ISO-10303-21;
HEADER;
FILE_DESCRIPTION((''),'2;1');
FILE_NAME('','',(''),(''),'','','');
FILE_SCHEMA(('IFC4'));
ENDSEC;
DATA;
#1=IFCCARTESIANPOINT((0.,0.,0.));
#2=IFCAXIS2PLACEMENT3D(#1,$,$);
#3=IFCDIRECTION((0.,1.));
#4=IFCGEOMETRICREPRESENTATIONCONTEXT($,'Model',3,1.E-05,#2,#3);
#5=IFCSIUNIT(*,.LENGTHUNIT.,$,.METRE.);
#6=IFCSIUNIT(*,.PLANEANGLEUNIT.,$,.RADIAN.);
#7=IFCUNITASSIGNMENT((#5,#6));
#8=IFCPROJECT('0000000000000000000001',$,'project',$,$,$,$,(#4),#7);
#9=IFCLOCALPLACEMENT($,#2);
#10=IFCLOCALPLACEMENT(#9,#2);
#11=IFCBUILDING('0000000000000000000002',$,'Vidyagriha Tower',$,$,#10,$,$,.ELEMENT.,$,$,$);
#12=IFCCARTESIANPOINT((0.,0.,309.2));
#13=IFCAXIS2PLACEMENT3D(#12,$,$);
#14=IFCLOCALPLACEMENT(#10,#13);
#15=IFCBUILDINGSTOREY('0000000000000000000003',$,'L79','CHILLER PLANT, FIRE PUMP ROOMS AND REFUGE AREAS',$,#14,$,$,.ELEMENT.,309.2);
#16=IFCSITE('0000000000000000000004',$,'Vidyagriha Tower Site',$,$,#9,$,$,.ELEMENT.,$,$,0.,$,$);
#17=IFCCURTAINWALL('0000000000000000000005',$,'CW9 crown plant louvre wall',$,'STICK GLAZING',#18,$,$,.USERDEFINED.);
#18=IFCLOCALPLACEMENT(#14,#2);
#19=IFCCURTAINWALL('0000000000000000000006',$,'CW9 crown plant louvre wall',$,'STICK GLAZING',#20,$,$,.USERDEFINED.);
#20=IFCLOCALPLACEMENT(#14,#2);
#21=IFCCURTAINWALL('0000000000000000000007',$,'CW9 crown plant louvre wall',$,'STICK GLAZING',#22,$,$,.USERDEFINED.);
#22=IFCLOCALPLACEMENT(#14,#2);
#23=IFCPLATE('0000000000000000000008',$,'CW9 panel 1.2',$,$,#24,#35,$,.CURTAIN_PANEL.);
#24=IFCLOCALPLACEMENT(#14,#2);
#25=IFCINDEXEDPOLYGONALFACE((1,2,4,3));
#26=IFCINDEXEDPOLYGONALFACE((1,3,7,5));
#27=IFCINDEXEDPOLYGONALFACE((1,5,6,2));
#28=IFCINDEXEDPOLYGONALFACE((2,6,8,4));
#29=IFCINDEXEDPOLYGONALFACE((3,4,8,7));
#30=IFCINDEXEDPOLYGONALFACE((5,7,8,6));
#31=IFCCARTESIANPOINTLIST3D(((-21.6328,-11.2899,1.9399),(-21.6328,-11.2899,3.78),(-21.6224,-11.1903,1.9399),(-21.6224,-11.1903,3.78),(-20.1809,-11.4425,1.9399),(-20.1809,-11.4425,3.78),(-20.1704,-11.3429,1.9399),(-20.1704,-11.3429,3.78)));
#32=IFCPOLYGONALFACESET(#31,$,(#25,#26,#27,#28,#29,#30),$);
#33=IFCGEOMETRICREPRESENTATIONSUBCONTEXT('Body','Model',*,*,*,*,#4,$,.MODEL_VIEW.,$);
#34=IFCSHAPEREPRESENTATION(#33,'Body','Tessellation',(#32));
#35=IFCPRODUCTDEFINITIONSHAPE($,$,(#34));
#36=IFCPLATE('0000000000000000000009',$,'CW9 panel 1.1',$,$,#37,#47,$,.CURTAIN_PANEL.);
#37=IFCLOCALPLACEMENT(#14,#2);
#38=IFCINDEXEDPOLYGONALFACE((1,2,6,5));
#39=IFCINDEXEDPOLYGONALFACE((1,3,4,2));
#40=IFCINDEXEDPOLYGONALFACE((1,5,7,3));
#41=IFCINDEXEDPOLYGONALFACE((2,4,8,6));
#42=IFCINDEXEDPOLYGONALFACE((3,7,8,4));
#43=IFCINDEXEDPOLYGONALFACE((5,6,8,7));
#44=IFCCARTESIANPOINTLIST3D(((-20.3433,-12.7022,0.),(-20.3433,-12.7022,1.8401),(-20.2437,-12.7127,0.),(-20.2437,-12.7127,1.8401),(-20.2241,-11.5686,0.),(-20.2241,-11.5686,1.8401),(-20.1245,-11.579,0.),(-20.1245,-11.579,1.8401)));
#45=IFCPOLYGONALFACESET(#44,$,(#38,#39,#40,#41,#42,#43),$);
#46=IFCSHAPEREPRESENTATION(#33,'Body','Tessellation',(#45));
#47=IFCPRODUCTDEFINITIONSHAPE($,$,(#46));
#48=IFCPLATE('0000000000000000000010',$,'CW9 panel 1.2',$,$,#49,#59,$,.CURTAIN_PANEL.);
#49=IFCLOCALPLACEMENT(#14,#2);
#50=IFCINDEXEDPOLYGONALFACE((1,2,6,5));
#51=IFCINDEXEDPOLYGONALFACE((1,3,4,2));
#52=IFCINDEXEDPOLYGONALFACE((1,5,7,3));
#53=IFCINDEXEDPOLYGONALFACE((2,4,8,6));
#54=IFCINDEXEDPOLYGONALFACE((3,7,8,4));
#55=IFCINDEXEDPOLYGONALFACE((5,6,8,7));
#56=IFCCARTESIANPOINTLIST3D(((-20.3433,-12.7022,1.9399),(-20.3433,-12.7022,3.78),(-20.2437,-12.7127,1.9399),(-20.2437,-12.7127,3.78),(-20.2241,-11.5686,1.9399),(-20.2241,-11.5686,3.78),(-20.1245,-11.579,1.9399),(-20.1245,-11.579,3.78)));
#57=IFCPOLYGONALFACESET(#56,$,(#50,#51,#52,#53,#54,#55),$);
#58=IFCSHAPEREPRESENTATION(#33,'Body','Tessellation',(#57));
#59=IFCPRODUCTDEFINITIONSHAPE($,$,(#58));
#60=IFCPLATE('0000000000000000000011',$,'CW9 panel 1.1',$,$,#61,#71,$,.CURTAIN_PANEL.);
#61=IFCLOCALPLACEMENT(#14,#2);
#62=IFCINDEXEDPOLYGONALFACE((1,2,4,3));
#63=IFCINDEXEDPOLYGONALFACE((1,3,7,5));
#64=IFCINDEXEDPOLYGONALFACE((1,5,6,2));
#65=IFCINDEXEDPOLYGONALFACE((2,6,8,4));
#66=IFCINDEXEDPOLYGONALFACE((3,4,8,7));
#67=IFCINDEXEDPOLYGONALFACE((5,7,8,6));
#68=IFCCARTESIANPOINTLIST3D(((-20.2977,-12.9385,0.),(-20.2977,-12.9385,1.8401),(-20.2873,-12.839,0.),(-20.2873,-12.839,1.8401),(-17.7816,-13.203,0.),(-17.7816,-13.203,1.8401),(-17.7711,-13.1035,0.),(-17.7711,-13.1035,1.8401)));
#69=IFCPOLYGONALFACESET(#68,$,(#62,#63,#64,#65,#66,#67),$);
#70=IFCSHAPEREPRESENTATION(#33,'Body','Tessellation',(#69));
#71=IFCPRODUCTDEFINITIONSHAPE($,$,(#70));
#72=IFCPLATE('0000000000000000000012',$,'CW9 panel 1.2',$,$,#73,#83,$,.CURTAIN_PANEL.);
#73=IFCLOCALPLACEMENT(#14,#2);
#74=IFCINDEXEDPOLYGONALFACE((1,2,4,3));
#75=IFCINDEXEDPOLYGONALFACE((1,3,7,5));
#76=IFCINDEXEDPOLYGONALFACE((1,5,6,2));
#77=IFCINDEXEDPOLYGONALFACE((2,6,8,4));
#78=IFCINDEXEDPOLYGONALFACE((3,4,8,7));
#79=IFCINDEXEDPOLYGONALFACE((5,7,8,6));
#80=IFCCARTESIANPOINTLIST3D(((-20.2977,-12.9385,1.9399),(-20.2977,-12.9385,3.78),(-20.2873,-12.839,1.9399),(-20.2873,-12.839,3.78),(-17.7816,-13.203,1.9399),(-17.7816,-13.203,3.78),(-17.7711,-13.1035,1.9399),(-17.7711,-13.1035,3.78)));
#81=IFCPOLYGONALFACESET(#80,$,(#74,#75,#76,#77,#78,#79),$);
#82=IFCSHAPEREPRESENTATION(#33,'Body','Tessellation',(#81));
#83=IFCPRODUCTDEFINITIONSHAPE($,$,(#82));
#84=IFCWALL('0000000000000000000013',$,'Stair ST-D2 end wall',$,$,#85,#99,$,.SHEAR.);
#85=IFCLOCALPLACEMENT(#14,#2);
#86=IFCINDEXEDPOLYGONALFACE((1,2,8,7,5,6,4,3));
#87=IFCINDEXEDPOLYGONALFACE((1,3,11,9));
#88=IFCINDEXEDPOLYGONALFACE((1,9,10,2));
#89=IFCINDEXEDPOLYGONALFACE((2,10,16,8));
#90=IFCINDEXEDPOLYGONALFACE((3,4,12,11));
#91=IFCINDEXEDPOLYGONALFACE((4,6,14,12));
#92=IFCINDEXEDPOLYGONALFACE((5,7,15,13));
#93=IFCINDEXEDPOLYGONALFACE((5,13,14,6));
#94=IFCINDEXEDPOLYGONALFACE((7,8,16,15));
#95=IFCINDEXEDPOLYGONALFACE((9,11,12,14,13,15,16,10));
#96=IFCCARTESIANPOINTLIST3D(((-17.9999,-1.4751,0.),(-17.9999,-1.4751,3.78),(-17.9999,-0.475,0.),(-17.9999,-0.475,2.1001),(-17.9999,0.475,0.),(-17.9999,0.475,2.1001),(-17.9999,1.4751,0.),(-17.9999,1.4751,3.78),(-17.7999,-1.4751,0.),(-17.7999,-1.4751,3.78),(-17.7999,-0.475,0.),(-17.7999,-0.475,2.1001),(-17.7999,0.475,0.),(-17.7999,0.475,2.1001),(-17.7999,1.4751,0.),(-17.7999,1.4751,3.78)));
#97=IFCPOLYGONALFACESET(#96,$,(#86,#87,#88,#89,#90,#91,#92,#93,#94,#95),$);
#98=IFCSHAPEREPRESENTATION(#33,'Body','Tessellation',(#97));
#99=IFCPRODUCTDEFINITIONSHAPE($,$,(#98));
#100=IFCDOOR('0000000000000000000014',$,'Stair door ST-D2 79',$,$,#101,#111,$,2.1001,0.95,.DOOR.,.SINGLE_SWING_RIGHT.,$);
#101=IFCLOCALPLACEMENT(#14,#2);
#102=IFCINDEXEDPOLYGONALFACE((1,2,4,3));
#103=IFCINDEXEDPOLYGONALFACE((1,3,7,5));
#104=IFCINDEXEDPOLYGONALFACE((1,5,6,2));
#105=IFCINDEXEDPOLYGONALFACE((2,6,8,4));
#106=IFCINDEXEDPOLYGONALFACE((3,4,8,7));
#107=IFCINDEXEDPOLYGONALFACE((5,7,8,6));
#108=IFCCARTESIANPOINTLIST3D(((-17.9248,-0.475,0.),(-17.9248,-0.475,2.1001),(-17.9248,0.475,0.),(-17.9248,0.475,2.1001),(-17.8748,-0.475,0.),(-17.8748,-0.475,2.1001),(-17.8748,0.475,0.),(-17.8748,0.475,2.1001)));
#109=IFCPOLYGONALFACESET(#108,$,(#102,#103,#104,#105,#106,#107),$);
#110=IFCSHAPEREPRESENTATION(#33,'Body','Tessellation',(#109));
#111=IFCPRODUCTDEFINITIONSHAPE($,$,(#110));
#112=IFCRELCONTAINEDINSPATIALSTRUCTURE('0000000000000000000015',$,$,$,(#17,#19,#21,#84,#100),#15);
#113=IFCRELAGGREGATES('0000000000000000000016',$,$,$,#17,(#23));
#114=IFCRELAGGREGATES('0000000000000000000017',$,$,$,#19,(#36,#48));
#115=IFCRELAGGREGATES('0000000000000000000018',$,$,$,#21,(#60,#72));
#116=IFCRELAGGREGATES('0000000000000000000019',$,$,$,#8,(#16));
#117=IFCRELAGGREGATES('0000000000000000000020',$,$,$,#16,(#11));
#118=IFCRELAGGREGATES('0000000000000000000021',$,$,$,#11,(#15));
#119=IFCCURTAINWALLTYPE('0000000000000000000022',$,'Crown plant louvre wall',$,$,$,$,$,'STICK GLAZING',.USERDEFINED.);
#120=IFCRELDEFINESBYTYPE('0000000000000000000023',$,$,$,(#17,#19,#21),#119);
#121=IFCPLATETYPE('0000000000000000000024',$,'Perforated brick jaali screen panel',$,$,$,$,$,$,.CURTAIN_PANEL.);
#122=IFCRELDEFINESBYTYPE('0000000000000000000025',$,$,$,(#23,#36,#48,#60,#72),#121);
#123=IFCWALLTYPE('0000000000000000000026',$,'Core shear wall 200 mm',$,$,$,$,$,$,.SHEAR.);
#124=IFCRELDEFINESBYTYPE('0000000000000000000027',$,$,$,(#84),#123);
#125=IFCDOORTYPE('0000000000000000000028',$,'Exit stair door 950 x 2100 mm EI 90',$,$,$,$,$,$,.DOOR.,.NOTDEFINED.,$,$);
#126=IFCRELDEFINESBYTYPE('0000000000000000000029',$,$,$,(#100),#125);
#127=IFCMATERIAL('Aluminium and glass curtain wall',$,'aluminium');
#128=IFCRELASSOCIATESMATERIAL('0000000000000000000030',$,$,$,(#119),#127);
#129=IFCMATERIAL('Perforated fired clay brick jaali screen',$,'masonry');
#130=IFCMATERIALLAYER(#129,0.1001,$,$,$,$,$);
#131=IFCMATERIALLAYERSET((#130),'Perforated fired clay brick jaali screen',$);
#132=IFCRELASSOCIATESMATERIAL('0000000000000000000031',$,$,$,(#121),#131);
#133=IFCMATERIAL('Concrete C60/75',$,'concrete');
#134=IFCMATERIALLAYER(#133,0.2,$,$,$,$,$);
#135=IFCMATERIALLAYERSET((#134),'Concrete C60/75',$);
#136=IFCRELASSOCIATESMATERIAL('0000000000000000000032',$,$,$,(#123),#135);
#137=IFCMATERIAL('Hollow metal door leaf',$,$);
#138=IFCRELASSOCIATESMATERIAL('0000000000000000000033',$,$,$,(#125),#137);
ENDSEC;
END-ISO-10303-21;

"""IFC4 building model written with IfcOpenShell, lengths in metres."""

from ifc_helpers import new_model, si_unit, direction, frame, frame_2d, origin, origin_2d, place, context, subcontext, project, spatial, rectangle, extrude, material, layer, layer_set, type_object, element, fill, aggregate, save


model = new_model("IFC4")

# Units and contexts
model_context = context("Model", 3, precision=1e-05, world=origin(), true_north=direction((0.0, 1.0)))
body_context = subcontext(model_context, "Body", "Model", "MODEL_VIEW")
ifc_project = project(units=[si_unit("LENGTHUNIT", "METRE"), si_unit("PLANEANGLEUNIT", "RADIAN")], contexts=[model_context])

# Site, building, storey
site_placement = place(None, origin())
site = spatial("IfcSite", under=ifc_project, at=site_placement, Name="Vidyagriha Tower Site", CompositionType="ELEMENT", RefElevation=0.0)
building_placement = place(site_placement, origin())
building = spatial("IfcBuilding", under=site, at=building_placement, Name="Vidyagriha Tower", CompositionType="ELEMENT")
storey_placement = place(building_placement, frame((0.0, 0.0, 309.2)))
storey = spatial("IfcBuildingStorey", under=building, at=storey_placement, Name="L79", Description="CHILLER PLANT, FIRE PUMP ROOMS AND REFUGE AREAS", CompositionType="ELEMENT", Elevation=309.2)

# Curtain wall
ifc_material_1 = material(Name="Aluminium and glass curtain wall", Category="aluminium")
curtain_wall_type = type_object("IfcCurtainWallType", Name="Crown plant louvre wall", ElementType="STICK GLAZING", PredefinedType="USERDEFINED", material=ifc_material_1)
curtain_wall_1_placement = place(storey_placement, origin())
curtain_wall_1 = element("IfcCurtainWall", 1, at=curtain_wall_1_placement, inside=storey, type_object=curtain_wall_type, Name="CW9 crown plant louvre wall", ObjectType="STICK GLAZING", PredefinedType="USERDEFINED")

# Curtain walls
curtain_wall_2_placement = place(storey_placement, origin())
curtain_wall_2 = element("IfcCurtainWall", 2, at=curtain_wall_2_placement, inside=storey, type_object=curtain_wall_type, Name="CW9 crown plant louvre wall", ObjectType="STICK GLAZING", PredefinedType="USERDEFINED")
curtain_wall_3_placement = place(storey_placement, origin())
curtain_wall_3 = element("IfcCurtainWall", 3, at=curtain_wall_3_placement, inside=storey, type_object=curtain_wall_type, Name="CW9 crown plant louvre wall", ObjectType="STICK GLAZING", PredefinedType="USERDEFINED")

# Plates
ifc_material_2 = material(Name="Perforated fired clay brick jaali screen", Category="masonry")
ifc_layer_1 = layer(ifc_material_2, 0.1001)
ifc_layer_set_1 = layer_set([ifc_layer_1], Name="Perforated fired clay brick jaali screen")
plate_type = type_object("IfcPlateType", Name="Perforated brick jaali screen panel", PredefinedType="CURTAIN_PANEL", material=ifc_layer_set_1)
plate_1_placement = place(storey_placement, frame((-20.9016, -11.3164, 1.9399), z_axis=(0.0, 0.0, 1.0), x_axis=(0.994523, -0.104519, 0.0)))
plate_1 = element("IfcPlate", 4, at=plate_1_placement, type_object=plate_type, Name="CW9 panel 1.2", PredefinedType="CURTAIN_PANEL", context=body_context, shape_type="SweptSolid", body=[
    extrude(rectangle(XDim=1.46, YDim=0.1001, at=origin_2d()), origin(), (0.0, 0.0, 1.0), 1.8401),
])
aggregate(curtain_wall_1, [plate_1])
plate_2_placement = place(storey_placement, frame((-20.2339, -12.1406, 0.0), z_axis=(0.0, 0.0, 1.0), x_axis=(-0.104557, -0.994519, 0.0)))
plate_2 = element("IfcPlate", 5, at=plate_2_placement, type_object=plate_type, Name="CW9 panel 1.1", PredefinedType="CURTAIN_PANEL", context=body_context, shape_type="SweptSolid", body=[
    extrude(rectangle(XDim=1.1399, YDim=0.1001, at=origin_2d()), origin(), (0.0, 0.0, 1.0), 1.8401),
])
plate_3_placement = place(storey_placement, frame((-20.2339, -12.1406, 1.9399), z_axis=(0.0, 0.0, 1.0), x_axis=(-0.104557, -0.994519, 0.0)))
plate_3 = element("IfcPlate", 6, at=plate_3_placement, type_object=plate_type, Name="CW9 panel 1.2", PredefinedType="CURTAIN_PANEL", context=body_context, shape_type="SweptSolid", body=[
    extrude(rectangle(XDim=1.1399, YDim=0.1001, at=origin_2d()), origin(), (0.0, 0.0, 1.0), 1.8401),
])
aggregate(curtain_wall_2, [plate_2, plate_3])
plate_4_placement = place(storey_placement, frame((-19.0344, -13.021, 0.0), z_axis=(0.0, 0.0, 1.0), x_axis=(0.994522, -0.104528, 0.0)))
plate_4 = element("IfcPlate", 7, at=plate_4_placement, type_object=plate_type, Name="CW9 panel 1.1", PredefinedType="CURTAIN_PANEL", context=body_context, shape_type="SweptSolid", body=[
    extrude(rectangle(XDim=2.53, YDim=0.1001, at=origin_2d()), origin(), (0.0, 0.0, 1.0), 1.8401),
])
plate_5_placement = place(storey_placement, frame((-19.0344, -13.021, 1.9399), z_axis=(0.0, 0.0, 1.0), x_axis=(0.994522, -0.104528, 0.0)))
plate_5 = element("IfcPlate", 8, at=plate_5_placement, type_object=plate_type, Name="CW9 panel 1.2", PredefinedType="CURTAIN_PANEL", context=body_context, shape_type="SweptSolid", body=[
    extrude(rectangle(XDim=2.53, YDim=0.1001, at=origin_2d()), origin(), (0.0, 0.0, 1.0), 1.8401),
])
aggregate(curtain_wall_3, [plate_4, plate_5])

# Wall, opening, door
ifc_material_3 = material(Name="Concrete C60/75", Category="concrete")
ifc_layer_2 = layer(ifc_material_3, 0.2)
ifc_layer_set_2 = layer_set([ifc_layer_2], Name="Concrete C60/75")
wall_type_1 = type_object("IfcWallType", Name="Core shear wall 200 mm", PredefinedType="SHEAR", material=ifc_layer_set_2)
wall_1_placement = place(storey_placement, frame((-17.8999, -1.4751, 0.0), z_axis=(0.0, 0.0, 1.0), x_axis=(0.0, 1.0, 0.0)))
wall_1 = element("IfcWall", 9, at=wall_1_placement, inside=storey, type_object=wall_type_1, Name="Stair ST-D2 end wall", PredefinedType="SHEAR", context=body_context, shape_type="SweptSolid", body=[
    extrude(rectangle(XDim=2.9502, YDim=0.2, at=frame_2d((1.4751, 0.0))), origin(), (0.0, 0.0, 1.0), 3.78),
])
opening_1_placement = place(wall_1_placement, frame((1.0, 0.0, 0.0)))
opening_1 = element("IfcOpeningElement", 10, at=opening_1_placement, cuts=wall_1, PredefinedType="OPENING", context=body_context, shape_type="SweptSolid", body=[
    extrude(rectangle(XDim=0.95, YDim=2.1001, at=frame_2d((0.4751, 1.05))), frame((0.0, 0.1099, 0.0), z_axis=(0.0, -1.0, 0.0), x_axis=(1.0, 0.0, 0.0)), (0.0, 0.0, 1.0), 0.22),
])
ifc_material_4 = material(Name="Hollow metal door leaf")
door_type_1 = type_object("IfcDoorType", Name="Exit stair door 950 x 2100 mm EI 90", OperationType="NOTDEFINED", PredefinedType="DOOR", material=ifc_material_4)
door_1_placement = place(opening_1_placement, origin())
door_1 = element("IfcDoor", 11, at=door_1_placement, inside=storey, type_object=door_type_1, Name="Stair door ST-D2 79", OperationType="SINGLE_SWING_RIGHT", OverallHeight=2.1001, OverallWidth=0.95, PredefinedType="DOOR", context=body_context, shape_type="SweptSolid", body=[
    extrude(rectangle(XDim=0.95, YDim=2.1001, at=frame_2d((0.4751, 1.05))), frame((0.0, 0.0249, 0.0), z_axis=(0.0, -1.0, 0.0), x_axis=(1.0, 0.0, 0.0)), (0.0, 0.0, 1.0), 0.05),
])
fill(opening_1, door_1)

save(model, "model.ifc")
